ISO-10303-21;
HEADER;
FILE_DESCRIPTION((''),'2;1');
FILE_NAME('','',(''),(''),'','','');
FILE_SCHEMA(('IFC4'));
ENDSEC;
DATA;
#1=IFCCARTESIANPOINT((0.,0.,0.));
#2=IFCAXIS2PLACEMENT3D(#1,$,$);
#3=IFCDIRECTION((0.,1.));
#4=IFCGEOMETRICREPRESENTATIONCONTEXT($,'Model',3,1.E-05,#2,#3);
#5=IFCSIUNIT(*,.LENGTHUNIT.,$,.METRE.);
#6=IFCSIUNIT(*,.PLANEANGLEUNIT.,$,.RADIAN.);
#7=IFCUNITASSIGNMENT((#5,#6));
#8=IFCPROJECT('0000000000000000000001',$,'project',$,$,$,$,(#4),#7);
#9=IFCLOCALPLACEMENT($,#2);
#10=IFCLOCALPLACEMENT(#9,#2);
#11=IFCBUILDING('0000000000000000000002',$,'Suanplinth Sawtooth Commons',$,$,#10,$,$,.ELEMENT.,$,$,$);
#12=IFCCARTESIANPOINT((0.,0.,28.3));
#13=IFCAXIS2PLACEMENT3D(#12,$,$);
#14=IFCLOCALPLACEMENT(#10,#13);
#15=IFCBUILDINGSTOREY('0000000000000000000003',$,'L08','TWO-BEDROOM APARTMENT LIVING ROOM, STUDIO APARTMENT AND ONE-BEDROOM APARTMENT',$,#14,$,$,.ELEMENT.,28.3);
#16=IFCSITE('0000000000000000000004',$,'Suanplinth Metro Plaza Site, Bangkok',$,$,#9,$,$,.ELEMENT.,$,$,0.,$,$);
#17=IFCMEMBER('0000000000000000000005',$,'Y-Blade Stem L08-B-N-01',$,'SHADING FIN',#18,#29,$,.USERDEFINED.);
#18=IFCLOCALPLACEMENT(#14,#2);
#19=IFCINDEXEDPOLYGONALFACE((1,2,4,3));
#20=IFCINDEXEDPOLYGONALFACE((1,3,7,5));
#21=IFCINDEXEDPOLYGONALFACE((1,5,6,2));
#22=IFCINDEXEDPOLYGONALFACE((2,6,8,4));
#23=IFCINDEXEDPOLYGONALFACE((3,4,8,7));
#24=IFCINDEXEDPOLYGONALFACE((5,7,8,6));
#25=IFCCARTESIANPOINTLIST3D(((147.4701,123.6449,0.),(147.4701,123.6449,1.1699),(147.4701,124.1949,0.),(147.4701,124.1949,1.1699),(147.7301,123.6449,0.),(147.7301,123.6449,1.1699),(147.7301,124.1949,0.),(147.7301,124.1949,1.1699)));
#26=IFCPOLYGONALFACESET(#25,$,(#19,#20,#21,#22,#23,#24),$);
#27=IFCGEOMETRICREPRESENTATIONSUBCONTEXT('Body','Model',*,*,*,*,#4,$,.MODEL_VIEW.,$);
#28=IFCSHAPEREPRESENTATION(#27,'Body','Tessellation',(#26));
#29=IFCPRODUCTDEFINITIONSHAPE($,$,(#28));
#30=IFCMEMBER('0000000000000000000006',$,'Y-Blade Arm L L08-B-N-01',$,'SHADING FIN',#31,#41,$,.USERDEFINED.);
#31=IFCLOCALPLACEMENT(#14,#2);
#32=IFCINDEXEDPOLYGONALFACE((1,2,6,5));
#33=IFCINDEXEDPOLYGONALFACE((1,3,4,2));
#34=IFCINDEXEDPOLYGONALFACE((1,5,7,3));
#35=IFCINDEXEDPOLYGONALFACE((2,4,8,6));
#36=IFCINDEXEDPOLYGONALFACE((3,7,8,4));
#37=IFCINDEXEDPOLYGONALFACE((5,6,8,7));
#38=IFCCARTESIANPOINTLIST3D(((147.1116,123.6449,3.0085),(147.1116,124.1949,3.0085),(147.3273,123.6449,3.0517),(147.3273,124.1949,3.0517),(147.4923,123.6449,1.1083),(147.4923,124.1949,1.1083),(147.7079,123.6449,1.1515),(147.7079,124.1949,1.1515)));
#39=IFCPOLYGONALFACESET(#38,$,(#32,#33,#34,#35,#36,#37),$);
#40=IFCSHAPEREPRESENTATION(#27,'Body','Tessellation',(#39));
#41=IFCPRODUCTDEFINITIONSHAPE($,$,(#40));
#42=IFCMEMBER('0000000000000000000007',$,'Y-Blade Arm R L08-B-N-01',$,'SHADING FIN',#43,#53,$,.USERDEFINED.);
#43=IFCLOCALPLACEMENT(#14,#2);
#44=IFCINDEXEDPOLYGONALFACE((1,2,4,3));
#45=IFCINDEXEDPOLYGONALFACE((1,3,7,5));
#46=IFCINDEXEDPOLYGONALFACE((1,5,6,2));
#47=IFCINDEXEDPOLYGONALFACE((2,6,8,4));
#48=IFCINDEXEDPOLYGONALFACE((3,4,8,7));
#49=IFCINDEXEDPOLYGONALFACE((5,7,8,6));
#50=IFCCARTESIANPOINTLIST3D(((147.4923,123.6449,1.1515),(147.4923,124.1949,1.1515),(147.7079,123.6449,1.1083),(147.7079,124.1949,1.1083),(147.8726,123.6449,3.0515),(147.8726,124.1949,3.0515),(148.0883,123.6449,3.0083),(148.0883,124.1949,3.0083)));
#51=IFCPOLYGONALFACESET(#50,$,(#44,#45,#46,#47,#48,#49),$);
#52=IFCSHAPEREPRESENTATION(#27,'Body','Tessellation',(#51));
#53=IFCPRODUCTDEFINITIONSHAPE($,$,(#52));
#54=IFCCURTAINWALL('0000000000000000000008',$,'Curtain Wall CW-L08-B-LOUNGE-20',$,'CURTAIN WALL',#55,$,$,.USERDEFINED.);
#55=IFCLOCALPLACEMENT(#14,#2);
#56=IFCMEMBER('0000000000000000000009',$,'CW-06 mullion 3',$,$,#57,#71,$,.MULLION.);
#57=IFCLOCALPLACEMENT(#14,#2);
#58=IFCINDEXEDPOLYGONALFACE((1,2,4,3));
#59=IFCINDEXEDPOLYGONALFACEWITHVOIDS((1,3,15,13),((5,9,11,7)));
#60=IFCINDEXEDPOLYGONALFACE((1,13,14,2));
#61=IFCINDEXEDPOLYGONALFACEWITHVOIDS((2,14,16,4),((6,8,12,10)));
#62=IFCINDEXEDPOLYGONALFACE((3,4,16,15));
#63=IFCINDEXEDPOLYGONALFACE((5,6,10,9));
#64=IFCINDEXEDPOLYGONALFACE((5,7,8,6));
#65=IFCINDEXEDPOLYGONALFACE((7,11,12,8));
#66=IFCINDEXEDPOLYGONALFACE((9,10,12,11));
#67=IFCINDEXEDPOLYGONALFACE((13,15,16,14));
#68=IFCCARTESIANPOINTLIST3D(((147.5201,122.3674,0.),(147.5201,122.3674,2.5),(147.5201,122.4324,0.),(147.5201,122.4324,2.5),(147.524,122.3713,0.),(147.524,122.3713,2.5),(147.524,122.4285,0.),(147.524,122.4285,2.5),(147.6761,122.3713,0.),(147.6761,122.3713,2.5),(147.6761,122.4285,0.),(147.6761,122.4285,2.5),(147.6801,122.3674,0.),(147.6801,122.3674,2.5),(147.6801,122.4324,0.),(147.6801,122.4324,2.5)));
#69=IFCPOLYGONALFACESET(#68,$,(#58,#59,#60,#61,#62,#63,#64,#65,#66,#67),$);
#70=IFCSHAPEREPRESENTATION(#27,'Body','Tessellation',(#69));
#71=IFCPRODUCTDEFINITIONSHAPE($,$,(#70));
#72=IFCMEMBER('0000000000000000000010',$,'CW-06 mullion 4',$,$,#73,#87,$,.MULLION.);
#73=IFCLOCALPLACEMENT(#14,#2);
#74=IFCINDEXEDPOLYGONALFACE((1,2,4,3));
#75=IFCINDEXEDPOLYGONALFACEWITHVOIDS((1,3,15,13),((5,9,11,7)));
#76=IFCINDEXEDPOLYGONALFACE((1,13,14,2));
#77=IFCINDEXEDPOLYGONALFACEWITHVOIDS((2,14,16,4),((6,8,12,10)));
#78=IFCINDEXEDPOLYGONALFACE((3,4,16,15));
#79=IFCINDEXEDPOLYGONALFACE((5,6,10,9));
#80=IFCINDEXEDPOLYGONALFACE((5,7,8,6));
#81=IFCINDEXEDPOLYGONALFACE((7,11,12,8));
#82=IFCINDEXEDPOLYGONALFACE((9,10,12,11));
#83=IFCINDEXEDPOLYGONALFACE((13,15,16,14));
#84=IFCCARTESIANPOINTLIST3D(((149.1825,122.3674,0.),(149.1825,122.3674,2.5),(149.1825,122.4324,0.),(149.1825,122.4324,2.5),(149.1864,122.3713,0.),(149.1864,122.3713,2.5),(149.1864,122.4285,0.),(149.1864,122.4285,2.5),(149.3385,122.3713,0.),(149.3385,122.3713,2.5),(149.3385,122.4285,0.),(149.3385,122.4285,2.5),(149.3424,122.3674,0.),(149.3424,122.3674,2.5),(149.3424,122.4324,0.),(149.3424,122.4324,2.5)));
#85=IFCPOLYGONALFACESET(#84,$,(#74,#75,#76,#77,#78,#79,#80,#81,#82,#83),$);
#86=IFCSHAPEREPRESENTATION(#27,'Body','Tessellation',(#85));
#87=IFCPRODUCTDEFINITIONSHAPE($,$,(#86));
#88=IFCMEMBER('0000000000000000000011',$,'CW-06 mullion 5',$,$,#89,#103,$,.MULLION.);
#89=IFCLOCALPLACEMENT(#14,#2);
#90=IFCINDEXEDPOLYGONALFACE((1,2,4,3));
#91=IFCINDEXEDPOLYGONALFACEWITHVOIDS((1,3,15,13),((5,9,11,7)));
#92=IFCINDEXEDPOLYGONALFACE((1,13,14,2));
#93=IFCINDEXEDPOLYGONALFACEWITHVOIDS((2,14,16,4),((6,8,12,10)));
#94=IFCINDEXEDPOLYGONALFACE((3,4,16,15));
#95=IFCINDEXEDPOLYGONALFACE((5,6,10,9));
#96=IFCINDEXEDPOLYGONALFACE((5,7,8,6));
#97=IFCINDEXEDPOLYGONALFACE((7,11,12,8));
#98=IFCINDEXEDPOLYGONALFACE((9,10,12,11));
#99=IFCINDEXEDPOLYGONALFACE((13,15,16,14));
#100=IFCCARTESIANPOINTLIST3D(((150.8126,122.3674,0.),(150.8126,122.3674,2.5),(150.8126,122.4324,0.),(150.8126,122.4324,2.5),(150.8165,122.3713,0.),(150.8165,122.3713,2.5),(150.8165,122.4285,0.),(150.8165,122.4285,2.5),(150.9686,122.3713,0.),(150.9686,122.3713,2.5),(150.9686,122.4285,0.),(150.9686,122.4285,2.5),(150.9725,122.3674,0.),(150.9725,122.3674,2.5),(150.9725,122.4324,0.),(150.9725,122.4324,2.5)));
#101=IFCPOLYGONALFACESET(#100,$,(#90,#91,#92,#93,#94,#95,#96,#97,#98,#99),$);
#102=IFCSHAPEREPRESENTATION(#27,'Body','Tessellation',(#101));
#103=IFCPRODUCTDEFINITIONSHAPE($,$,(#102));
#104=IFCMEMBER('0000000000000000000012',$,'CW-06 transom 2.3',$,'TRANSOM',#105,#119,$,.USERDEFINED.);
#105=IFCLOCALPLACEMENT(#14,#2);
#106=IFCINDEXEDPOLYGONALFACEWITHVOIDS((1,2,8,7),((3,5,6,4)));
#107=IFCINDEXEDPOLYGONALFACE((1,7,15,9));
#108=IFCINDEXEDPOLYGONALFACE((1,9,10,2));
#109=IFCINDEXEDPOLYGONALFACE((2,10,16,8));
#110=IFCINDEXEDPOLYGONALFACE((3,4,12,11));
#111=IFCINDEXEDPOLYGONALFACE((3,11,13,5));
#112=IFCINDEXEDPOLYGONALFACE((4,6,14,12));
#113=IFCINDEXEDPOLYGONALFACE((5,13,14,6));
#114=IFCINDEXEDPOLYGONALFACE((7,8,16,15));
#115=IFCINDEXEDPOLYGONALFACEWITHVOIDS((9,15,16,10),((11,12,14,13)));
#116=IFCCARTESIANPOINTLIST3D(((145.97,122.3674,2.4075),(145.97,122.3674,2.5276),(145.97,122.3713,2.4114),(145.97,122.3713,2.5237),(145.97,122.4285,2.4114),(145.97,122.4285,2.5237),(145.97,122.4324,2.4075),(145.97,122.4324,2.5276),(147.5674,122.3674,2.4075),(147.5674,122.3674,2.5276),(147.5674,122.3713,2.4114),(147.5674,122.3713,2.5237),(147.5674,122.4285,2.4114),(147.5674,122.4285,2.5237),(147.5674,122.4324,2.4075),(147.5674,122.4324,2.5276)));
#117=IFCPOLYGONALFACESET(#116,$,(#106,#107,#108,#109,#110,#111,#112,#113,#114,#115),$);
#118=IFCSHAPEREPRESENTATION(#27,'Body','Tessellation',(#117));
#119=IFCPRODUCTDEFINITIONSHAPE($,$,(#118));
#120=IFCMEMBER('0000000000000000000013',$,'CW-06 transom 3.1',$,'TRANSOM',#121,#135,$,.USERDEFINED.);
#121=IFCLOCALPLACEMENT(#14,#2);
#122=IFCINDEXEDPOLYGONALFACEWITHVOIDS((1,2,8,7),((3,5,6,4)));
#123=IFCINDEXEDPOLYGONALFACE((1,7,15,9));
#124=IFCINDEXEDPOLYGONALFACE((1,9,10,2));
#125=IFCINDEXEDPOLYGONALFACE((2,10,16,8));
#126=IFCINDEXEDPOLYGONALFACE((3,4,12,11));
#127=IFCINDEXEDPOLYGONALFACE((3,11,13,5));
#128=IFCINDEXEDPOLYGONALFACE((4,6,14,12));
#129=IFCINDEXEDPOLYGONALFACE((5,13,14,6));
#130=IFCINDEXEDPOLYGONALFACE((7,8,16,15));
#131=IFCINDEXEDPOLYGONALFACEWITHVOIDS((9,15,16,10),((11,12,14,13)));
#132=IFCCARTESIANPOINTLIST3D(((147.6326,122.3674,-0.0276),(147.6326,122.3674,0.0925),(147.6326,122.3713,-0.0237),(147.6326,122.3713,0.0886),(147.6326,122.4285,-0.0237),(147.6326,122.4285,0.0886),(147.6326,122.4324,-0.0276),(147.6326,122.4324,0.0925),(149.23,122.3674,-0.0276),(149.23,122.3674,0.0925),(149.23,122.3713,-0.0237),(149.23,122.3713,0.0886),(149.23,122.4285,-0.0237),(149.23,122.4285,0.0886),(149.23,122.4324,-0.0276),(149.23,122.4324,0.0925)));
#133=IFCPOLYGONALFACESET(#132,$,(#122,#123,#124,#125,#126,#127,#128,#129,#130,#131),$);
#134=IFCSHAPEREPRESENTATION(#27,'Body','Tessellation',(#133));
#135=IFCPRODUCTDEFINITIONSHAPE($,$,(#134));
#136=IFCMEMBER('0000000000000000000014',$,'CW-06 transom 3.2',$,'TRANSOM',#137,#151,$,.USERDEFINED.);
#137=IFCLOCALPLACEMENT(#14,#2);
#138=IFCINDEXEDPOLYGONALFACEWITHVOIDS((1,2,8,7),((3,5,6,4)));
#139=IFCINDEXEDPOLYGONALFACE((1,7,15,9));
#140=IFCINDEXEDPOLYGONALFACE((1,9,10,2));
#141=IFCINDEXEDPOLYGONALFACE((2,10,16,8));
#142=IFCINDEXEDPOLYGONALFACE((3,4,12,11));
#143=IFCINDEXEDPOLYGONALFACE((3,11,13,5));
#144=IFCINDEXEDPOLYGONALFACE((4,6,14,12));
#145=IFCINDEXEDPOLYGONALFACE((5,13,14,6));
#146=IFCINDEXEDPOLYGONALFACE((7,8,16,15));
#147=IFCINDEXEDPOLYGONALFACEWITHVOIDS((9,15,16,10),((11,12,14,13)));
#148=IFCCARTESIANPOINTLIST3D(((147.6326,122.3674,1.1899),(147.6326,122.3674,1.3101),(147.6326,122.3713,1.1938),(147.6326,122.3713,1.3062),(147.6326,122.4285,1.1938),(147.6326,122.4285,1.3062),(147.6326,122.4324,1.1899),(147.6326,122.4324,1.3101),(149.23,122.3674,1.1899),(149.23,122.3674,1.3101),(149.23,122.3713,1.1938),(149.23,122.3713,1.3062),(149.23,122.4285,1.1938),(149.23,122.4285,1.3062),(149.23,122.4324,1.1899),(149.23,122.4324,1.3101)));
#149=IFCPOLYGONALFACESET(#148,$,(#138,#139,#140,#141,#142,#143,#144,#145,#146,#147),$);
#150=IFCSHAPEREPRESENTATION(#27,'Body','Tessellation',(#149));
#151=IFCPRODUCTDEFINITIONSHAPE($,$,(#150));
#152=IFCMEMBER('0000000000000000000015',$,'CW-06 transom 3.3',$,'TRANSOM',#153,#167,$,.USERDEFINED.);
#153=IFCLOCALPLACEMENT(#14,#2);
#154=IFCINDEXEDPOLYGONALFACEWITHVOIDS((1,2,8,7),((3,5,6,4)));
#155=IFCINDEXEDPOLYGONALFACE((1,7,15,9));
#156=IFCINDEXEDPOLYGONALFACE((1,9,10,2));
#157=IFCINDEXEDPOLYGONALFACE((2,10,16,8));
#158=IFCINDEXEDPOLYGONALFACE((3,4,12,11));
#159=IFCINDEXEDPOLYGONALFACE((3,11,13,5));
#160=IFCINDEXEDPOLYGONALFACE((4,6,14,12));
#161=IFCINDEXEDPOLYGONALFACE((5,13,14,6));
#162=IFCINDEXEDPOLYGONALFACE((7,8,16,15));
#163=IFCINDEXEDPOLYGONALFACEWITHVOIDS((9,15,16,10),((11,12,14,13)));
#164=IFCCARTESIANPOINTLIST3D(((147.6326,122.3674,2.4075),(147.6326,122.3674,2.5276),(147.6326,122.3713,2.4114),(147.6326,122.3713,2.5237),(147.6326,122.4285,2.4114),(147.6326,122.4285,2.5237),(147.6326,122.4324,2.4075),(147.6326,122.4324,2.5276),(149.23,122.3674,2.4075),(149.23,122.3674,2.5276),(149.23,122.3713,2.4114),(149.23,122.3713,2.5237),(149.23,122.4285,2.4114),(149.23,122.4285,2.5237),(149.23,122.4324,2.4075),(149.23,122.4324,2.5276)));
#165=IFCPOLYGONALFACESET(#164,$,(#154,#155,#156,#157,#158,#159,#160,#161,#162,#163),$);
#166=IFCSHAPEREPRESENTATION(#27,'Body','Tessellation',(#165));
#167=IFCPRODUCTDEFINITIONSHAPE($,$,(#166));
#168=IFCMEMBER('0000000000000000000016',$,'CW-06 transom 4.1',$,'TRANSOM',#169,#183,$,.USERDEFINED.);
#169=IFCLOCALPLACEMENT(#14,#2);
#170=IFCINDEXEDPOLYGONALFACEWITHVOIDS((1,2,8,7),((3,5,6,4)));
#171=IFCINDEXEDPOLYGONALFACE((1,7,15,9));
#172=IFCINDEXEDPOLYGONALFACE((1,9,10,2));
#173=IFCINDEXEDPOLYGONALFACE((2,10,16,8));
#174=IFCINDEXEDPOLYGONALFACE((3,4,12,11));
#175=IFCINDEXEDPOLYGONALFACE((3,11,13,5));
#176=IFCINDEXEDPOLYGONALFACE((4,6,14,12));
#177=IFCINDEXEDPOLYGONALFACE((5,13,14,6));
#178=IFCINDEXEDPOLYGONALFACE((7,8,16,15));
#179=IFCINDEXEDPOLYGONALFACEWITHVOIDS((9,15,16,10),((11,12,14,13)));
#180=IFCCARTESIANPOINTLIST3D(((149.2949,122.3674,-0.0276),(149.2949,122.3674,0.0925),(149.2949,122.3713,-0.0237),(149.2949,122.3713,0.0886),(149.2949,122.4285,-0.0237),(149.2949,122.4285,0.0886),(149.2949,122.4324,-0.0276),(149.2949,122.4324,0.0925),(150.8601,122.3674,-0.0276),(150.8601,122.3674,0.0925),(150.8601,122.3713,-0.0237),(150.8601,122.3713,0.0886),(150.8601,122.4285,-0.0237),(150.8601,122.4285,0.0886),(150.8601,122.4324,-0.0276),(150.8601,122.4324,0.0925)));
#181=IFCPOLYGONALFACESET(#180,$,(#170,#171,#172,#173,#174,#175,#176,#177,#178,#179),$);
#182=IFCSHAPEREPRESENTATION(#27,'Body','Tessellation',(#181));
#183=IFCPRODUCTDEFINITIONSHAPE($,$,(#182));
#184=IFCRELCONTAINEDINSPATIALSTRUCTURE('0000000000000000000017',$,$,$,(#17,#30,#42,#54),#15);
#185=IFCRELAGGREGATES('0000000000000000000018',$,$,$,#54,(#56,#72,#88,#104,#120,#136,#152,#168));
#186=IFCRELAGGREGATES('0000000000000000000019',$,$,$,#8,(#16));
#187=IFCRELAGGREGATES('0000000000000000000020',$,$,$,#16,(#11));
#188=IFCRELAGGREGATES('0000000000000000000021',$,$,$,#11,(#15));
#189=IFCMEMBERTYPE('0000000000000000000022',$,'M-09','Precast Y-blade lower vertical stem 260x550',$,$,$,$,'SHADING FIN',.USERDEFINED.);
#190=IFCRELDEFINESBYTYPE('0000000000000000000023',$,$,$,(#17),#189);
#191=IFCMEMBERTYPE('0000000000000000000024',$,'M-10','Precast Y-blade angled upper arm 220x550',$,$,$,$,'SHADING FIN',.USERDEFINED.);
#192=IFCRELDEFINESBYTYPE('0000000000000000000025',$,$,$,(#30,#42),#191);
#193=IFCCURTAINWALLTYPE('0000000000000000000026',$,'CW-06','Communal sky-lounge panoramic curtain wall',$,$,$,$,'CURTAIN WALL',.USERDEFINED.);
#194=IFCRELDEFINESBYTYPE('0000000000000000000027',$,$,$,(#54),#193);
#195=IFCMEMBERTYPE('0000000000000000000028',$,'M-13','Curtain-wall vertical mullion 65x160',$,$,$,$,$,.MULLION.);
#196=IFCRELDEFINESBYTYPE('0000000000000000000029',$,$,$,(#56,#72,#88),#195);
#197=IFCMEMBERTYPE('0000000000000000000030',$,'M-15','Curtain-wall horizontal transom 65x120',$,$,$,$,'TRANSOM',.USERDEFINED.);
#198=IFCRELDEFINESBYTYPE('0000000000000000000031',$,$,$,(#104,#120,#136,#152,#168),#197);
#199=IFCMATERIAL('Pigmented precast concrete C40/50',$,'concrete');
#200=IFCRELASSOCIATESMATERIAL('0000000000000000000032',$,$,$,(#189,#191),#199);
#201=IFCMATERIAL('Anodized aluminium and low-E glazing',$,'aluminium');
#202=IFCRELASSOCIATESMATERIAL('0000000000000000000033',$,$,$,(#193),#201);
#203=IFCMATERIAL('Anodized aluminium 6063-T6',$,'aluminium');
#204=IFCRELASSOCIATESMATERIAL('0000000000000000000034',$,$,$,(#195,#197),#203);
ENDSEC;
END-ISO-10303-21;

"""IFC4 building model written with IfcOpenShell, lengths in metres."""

from ifc_helpers import new_model, si_unit, direction, frame, origin, origin_2d, place, context, subcontext, project, spatial, rectangle, hollow_rectangle, extrude, material, material_profile, profile_set, type_object, element, aggregate, save


model = new_model("IFC4")

# Units and contexts
model_context = context("Model", 3, precision=1e-05, world=origin(), true_north=direction((0.0, 1.0)))
body_context = subcontext(model_context, "Body", "Model", "MODEL_VIEW")
ifc_project = project(units=[si_unit("LENGTHUNIT", "METRE"), si_unit("PLANEANGLEUNIT", "RADIAN")], contexts=[model_context])

# Site, building, storey
site_placement = place(None, origin())
site = spatial("IfcSite", under=ifc_project, at=site_placement, Name="Suanplinth Metro Plaza Site, Bangkok", CompositionType="ELEMENT", RefElevation=0.0)
building_placement = place(site_placement, origin())
building = spatial("IfcBuilding", under=site, at=building_placement, Name="Suanplinth Sawtooth Commons", CompositionType="ELEMENT")
storey_placement = place(building_placement, frame((0.0, 0.0, 28.3)))
storey = spatial("IfcBuildingStorey", under=building, at=storey_placement, Name="L08", Description="TWO-BEDROOM APARTMENT LIVING ROOM, STUDIO APARTMENT AND ONE-BEDROOM APARTMENT", CompositionType="ELEMENT", Elevation=28.3)

# Members
ifc_material_1 = material(Name="Pigmented precast concrete C40/50", Category="concrete")
ifc_material_profile_1 = material_profile(ifc_material_1, rectangle(XDim=0.26, YDim=0.55, at=origin_2d()), Name="PC-FIN 260x550")
ifc_profile_set_1 = profile_set([ifc_material_profile_1], Name="Pigmented precast concrete C40/50")
member_type_1 = type_object("IfcMemberType", Name="M-09", Description="Precast Y-blade lower vertical stem 260x550", ElementType="SHADING FIN", PredefinedType="USERDEFINED", material=ifc_profile_set_1)
member_1_placement = place(storey_placement, frame((147.6001, 123.9199, 0.0), z_axis=(0.0, 0.0, 1.0), x_axis=(1.0, 0.0, 0.0)))
element("IfcMember", 1, at=member_1_placement, inside=storey, type_object=member_type_1, Name="Y-Blade Stem L08-B-N-01", ObjectType="SHADING FIN", PredefinedType="USERDEFINED", context=body_context, shape_type="SweptSolid", body=[
    extrude(rectangle(XDim=0.26, YDim=0.55, at=origin_2d()), origin(), (0.0, 0.0, 1.0), 1.1699),
])
ifc_material_profile_2 = material_profile(ifc_material_1, rectangle(XDim=0.22, YDim=0.55, at=origin_2d()), Name="PC-FIN 220x550")
ifc_profile_set_2 = profile_set([ifc_material_profile_2], Name="Pigmented precast concrete C40/50")
member_type_2 = type_object("IfcMemberType", Name="M-10", Description="Precast Y-blade angled upper arm 220x550", ElementType="SHADING FIN", PredefinedType="USERDEFINED", material=ifc_profile_set_2)
member_2_placement = place(storey_placement, frame((147.6001, 123.9199, 1.1299), z_axis=(-0.196407, 0.0, 0.980522), x_axis=(0.980522, 0.0, 0.196407)))
element("IfcMember", 2, at=member_2_placement, inside=storey, type_object=member_type_2, Name="Y-Blade Arm L L08-B-N-01", ObjectType="SHADING FIN", PredefinedType="USERDEFINED", context=body_context, shape_type="SweptSolid", body=[
    extrude(rectangle(XDim=0.22, YDim=0.55, at=origin_2d()), origin(), (0.0, 0.0, 1.0), 1.938),
])
member_3_placement = place(storey_placement, frame((147.6001, 123.9199, 1.1299), z_axis=(0.196286, 0.0, 0.980547), x_axis=(-0.980547, 0.0, 0.196286)))
element("IfcMember", 3, at=member_3_placement, inside=storey, type_object=member_type_2, Name="Y-Blade Arm R L08-B-N-01", ObjectType="SHADING FIN", PredefinedType="USERDEFINED", context=body_context, shape_type="SweptSolid", body=[
    extrude(rectangle(XDim=0.22, YDim=0.55, at=origin_2d()), origin(), (0.0, 0.0, 1.0), 1.9377),
])

# Curtain wall, members
ifc_material_2 = material(Name="Anodized aluminium and low-E glazing", Category="aluminium")
curtain_wall_type = type_object("IfcCurtainWallType", Name="CW-06", Description="Communal sky-lounge panoramic curtain wall", ElementType="CURTAIN WALL", PredefinedType="USERDEFINED", material=ifc_material_2)
curtain_wall_placement = place(storey_placement, origin())
curtain_wall = element("IfcCurtainWall", 4, at=curtain_wall_placement, inside=storey, type_object=curtain_wall_type, Name="Curtain Wall CW-L08-B-LOUNGE-20", ObjectType="CURTAIN WALL", PredefinedType="USERDEFINED")
ifc_material_3 = material(Name="Anodized aluminium 6063-T6", Category="aluminium")
ifc_material_profile_3 = material_profile(ifc_material_3, hollow_rectangle(XDim=0.0649, YDim=0.1599, WallThickness=0.0039, at=origin_2d()), Name="ALU-MUL 65x160")
ifc_profile_set_3 = profile_set([ifc_material_profile_3], Name="Anodized aluminium 6063-T6")
member_type_3 = type_object("IfcMemberType", Name="M-13", Description="Curtain-wall vertical mullion 65x160", PredefinedType="MULLION", material=ifc_profile_set_3)
member_4_placement = place(storey_placement, frame((147.6001, 122.3999, 0.0), z_axis=(0.0, 0.0, 1.0), x_axis=(0.0, 1.0, 0.0)))
member_4 = element("IfcMember", 5, at=member_4_placement, type_object=member_type_3, Name="CW-06 mullion 3", PredefinedType="MULLION", context=body_context, shape_type="SweptSolid", body=[
    extrude(hollow_rectangle(XDim=0.0649, YDim=0.1599, WallThickness=0.0039, at=origin_2d()), origin(), (0.0, 0.0, 1.0), 2.5),
])
member_5_placement = place(storey_placement, frame((149.2625, 122.3999, 0.0), z_axis=(0.0, 0.0, 1.0), x_axis=(0.0, 1.0, 0.0)))
member_5 = element("IfcMember", 6, at=member_5_placement, type_object=member_type_3, Name="CW-06 mullion 4", PredefinedType="MULLION", context=body_context, shape_type="SweptSolid", body=[
    extrude(hollow_rectangle(XDim=0.0649, YDim=0.1599, WallThickness=0.0039, at=origin_2d()), origin(), (0.0, 0.0, 1.0), 2.5),
])
member_6_placement = place(storey_placement, frame((150.8926, 122.3999, 0.0), z_axis=(0.0, 0.0, 1.0), x_axis=(0.0, 1.0, 0.0)))
member_6 = element("IfcMember", 7, at=member_6_placement, type_object=member_type_3, Name="CW-06 mullion 5", PredefinedType="MULLION", context=body_context, shape_type="SweptSolid", body=[
    extrude(hollow_rectangle(XDim=0.0649, YDim=0.1599, WallThickness=0.0039, at=origin_2d()), origin(), (0.0, 0.0, 1.0), 2.5),
])
ifc_material_profile_4 = material_profile(ifc_material_3, hollow_rectangle(XDim=0.0649, YDim=0.1201, WallThickness=0.0039, at=origin_2d()), Name="ALU-TRN 65x120")
ifc_profile_set_4 = profile_set([ifc_material_profile_4], Name="Anodized aluminium 6063-T6")
member_type_4 = type_object("IfcMemberType", Name="M-15", Description="Curtain-wall horizontal transom 65x120", ElementType="TRANSOM", PredefinedType="USERDEFINED", material=ifc_profile_set_4)
member_7_placement = place(storey_placement, frame((145.97, 122.3999, 2.4675), z_axis=(1.0, 0.0, 0.0), x_axis=(0.0, 1.0, 0.0)))
member_7 = element("IfcMember", 8, at=member_7_placement, type_object=member_type_4, Name="CW-06 transom 2.3", ObjectType="TRANSOM", PredefinedType="USERDEFINED", context=body_context, shape_type="SweptSolid", body=[
    extrude(hollow_rectangle(XDim=0.0649, YDim=0.1201, WallThickness=0.0039, at=origin_2d()), origin(), (0.0, 0.0, 1.0), 1.5974),
])
member_8_placement = place(storey_placement, frame((147.6326, 122.3999, 0.0325), z_axis=(1.0, 0.0, 0.0), x_axis=(0.0, 1.0, 0.0)))
member_8 = element("IfcMember", 9, at=member_8_placement, type_object=member_type_4, Name="CW-06 transom 3.1", ObjectType="TRANSOM", PredefinedType="USERDEFINED", context=body_context, shape_type="SweptSolid", body=[
    extrude(hollow_rectangle(XDim=0.0649, YDim=0.1201, WallThickness=0.0039, at=origin_2d()), origin(), (0.0, 0.0, 1.0), 1.5974),
])
member_9_placement = place(storey_placement, frame((147.6326, 122.3999, 1.25), z_axis=(1.0, 0.0, 0.0), x_axis=(0.0, 1.0, 0.0)))
member_9 = element("IfcMember", 10, at=member_9_placement, type_object=member_type_4, Name="CW-06 transom 3.2", ObjectType="TRANSOM", PredefinedType="USERDEFINED", context=body_context, shape_type="SweptSolid", body=[
    extrude(hollow_rectangle(XDim=0.0649, YDim=0.1201, WallThickness=0.0039, at=origin_2d()), origin(), (0.0, 0.0, 1.0), 1.5974),
])
member_10_placement = place(storey_placement, frame((147.6326, 122.3999, 2.4675), z_axis=(1.0, 0.0, 0.0), x_axis=(0.0, 1.0, 0.0)))
member_10 = element("IfcMember", 11, at=member_10_placement, type_object=member_type_4, Name="CW-06 transom 3.3", ObjectType="TRANSOM", PredefinedType="USERDEFINED", context=body_context, shape_type="SweptSolid", body=[
    extrude(hollow_rectangle(XDim=0.0649, YDim=0.1201, WallThickness=0.0039, at=origin_2d()), origin(), (0.0, 0.0, 1.0), 1.5974),
])
member_11_placement = place(storey_placement, frame((149.2949, 122.3999, 0.0325), z_axis=(1.0, 0.0, 0.0), x_axis=(0.0, 1.0, 0.0)))
member_11 = element("IfcMember", 12, at=member_11_placement, type_object=member_type_4, Name="CW-06 transom 4.1", ObjectType="TRANSOM", PredefinedType="USERDEFINED", context=body_context, shape_type="SweptSolid", body=[
    extrude(hollow_rectangle(XDim=0.0649, YDim=0.1201, WallThickness=0.0039, at=origin_2d()), origin(), (0.0, 0.0, 1.0), 1.5652),
])

aggregate(curtain_wall, [member_4, member_5, member_6, member_7, member_8, member_9, member_10, member_11])

save(model, "model.ifc")
